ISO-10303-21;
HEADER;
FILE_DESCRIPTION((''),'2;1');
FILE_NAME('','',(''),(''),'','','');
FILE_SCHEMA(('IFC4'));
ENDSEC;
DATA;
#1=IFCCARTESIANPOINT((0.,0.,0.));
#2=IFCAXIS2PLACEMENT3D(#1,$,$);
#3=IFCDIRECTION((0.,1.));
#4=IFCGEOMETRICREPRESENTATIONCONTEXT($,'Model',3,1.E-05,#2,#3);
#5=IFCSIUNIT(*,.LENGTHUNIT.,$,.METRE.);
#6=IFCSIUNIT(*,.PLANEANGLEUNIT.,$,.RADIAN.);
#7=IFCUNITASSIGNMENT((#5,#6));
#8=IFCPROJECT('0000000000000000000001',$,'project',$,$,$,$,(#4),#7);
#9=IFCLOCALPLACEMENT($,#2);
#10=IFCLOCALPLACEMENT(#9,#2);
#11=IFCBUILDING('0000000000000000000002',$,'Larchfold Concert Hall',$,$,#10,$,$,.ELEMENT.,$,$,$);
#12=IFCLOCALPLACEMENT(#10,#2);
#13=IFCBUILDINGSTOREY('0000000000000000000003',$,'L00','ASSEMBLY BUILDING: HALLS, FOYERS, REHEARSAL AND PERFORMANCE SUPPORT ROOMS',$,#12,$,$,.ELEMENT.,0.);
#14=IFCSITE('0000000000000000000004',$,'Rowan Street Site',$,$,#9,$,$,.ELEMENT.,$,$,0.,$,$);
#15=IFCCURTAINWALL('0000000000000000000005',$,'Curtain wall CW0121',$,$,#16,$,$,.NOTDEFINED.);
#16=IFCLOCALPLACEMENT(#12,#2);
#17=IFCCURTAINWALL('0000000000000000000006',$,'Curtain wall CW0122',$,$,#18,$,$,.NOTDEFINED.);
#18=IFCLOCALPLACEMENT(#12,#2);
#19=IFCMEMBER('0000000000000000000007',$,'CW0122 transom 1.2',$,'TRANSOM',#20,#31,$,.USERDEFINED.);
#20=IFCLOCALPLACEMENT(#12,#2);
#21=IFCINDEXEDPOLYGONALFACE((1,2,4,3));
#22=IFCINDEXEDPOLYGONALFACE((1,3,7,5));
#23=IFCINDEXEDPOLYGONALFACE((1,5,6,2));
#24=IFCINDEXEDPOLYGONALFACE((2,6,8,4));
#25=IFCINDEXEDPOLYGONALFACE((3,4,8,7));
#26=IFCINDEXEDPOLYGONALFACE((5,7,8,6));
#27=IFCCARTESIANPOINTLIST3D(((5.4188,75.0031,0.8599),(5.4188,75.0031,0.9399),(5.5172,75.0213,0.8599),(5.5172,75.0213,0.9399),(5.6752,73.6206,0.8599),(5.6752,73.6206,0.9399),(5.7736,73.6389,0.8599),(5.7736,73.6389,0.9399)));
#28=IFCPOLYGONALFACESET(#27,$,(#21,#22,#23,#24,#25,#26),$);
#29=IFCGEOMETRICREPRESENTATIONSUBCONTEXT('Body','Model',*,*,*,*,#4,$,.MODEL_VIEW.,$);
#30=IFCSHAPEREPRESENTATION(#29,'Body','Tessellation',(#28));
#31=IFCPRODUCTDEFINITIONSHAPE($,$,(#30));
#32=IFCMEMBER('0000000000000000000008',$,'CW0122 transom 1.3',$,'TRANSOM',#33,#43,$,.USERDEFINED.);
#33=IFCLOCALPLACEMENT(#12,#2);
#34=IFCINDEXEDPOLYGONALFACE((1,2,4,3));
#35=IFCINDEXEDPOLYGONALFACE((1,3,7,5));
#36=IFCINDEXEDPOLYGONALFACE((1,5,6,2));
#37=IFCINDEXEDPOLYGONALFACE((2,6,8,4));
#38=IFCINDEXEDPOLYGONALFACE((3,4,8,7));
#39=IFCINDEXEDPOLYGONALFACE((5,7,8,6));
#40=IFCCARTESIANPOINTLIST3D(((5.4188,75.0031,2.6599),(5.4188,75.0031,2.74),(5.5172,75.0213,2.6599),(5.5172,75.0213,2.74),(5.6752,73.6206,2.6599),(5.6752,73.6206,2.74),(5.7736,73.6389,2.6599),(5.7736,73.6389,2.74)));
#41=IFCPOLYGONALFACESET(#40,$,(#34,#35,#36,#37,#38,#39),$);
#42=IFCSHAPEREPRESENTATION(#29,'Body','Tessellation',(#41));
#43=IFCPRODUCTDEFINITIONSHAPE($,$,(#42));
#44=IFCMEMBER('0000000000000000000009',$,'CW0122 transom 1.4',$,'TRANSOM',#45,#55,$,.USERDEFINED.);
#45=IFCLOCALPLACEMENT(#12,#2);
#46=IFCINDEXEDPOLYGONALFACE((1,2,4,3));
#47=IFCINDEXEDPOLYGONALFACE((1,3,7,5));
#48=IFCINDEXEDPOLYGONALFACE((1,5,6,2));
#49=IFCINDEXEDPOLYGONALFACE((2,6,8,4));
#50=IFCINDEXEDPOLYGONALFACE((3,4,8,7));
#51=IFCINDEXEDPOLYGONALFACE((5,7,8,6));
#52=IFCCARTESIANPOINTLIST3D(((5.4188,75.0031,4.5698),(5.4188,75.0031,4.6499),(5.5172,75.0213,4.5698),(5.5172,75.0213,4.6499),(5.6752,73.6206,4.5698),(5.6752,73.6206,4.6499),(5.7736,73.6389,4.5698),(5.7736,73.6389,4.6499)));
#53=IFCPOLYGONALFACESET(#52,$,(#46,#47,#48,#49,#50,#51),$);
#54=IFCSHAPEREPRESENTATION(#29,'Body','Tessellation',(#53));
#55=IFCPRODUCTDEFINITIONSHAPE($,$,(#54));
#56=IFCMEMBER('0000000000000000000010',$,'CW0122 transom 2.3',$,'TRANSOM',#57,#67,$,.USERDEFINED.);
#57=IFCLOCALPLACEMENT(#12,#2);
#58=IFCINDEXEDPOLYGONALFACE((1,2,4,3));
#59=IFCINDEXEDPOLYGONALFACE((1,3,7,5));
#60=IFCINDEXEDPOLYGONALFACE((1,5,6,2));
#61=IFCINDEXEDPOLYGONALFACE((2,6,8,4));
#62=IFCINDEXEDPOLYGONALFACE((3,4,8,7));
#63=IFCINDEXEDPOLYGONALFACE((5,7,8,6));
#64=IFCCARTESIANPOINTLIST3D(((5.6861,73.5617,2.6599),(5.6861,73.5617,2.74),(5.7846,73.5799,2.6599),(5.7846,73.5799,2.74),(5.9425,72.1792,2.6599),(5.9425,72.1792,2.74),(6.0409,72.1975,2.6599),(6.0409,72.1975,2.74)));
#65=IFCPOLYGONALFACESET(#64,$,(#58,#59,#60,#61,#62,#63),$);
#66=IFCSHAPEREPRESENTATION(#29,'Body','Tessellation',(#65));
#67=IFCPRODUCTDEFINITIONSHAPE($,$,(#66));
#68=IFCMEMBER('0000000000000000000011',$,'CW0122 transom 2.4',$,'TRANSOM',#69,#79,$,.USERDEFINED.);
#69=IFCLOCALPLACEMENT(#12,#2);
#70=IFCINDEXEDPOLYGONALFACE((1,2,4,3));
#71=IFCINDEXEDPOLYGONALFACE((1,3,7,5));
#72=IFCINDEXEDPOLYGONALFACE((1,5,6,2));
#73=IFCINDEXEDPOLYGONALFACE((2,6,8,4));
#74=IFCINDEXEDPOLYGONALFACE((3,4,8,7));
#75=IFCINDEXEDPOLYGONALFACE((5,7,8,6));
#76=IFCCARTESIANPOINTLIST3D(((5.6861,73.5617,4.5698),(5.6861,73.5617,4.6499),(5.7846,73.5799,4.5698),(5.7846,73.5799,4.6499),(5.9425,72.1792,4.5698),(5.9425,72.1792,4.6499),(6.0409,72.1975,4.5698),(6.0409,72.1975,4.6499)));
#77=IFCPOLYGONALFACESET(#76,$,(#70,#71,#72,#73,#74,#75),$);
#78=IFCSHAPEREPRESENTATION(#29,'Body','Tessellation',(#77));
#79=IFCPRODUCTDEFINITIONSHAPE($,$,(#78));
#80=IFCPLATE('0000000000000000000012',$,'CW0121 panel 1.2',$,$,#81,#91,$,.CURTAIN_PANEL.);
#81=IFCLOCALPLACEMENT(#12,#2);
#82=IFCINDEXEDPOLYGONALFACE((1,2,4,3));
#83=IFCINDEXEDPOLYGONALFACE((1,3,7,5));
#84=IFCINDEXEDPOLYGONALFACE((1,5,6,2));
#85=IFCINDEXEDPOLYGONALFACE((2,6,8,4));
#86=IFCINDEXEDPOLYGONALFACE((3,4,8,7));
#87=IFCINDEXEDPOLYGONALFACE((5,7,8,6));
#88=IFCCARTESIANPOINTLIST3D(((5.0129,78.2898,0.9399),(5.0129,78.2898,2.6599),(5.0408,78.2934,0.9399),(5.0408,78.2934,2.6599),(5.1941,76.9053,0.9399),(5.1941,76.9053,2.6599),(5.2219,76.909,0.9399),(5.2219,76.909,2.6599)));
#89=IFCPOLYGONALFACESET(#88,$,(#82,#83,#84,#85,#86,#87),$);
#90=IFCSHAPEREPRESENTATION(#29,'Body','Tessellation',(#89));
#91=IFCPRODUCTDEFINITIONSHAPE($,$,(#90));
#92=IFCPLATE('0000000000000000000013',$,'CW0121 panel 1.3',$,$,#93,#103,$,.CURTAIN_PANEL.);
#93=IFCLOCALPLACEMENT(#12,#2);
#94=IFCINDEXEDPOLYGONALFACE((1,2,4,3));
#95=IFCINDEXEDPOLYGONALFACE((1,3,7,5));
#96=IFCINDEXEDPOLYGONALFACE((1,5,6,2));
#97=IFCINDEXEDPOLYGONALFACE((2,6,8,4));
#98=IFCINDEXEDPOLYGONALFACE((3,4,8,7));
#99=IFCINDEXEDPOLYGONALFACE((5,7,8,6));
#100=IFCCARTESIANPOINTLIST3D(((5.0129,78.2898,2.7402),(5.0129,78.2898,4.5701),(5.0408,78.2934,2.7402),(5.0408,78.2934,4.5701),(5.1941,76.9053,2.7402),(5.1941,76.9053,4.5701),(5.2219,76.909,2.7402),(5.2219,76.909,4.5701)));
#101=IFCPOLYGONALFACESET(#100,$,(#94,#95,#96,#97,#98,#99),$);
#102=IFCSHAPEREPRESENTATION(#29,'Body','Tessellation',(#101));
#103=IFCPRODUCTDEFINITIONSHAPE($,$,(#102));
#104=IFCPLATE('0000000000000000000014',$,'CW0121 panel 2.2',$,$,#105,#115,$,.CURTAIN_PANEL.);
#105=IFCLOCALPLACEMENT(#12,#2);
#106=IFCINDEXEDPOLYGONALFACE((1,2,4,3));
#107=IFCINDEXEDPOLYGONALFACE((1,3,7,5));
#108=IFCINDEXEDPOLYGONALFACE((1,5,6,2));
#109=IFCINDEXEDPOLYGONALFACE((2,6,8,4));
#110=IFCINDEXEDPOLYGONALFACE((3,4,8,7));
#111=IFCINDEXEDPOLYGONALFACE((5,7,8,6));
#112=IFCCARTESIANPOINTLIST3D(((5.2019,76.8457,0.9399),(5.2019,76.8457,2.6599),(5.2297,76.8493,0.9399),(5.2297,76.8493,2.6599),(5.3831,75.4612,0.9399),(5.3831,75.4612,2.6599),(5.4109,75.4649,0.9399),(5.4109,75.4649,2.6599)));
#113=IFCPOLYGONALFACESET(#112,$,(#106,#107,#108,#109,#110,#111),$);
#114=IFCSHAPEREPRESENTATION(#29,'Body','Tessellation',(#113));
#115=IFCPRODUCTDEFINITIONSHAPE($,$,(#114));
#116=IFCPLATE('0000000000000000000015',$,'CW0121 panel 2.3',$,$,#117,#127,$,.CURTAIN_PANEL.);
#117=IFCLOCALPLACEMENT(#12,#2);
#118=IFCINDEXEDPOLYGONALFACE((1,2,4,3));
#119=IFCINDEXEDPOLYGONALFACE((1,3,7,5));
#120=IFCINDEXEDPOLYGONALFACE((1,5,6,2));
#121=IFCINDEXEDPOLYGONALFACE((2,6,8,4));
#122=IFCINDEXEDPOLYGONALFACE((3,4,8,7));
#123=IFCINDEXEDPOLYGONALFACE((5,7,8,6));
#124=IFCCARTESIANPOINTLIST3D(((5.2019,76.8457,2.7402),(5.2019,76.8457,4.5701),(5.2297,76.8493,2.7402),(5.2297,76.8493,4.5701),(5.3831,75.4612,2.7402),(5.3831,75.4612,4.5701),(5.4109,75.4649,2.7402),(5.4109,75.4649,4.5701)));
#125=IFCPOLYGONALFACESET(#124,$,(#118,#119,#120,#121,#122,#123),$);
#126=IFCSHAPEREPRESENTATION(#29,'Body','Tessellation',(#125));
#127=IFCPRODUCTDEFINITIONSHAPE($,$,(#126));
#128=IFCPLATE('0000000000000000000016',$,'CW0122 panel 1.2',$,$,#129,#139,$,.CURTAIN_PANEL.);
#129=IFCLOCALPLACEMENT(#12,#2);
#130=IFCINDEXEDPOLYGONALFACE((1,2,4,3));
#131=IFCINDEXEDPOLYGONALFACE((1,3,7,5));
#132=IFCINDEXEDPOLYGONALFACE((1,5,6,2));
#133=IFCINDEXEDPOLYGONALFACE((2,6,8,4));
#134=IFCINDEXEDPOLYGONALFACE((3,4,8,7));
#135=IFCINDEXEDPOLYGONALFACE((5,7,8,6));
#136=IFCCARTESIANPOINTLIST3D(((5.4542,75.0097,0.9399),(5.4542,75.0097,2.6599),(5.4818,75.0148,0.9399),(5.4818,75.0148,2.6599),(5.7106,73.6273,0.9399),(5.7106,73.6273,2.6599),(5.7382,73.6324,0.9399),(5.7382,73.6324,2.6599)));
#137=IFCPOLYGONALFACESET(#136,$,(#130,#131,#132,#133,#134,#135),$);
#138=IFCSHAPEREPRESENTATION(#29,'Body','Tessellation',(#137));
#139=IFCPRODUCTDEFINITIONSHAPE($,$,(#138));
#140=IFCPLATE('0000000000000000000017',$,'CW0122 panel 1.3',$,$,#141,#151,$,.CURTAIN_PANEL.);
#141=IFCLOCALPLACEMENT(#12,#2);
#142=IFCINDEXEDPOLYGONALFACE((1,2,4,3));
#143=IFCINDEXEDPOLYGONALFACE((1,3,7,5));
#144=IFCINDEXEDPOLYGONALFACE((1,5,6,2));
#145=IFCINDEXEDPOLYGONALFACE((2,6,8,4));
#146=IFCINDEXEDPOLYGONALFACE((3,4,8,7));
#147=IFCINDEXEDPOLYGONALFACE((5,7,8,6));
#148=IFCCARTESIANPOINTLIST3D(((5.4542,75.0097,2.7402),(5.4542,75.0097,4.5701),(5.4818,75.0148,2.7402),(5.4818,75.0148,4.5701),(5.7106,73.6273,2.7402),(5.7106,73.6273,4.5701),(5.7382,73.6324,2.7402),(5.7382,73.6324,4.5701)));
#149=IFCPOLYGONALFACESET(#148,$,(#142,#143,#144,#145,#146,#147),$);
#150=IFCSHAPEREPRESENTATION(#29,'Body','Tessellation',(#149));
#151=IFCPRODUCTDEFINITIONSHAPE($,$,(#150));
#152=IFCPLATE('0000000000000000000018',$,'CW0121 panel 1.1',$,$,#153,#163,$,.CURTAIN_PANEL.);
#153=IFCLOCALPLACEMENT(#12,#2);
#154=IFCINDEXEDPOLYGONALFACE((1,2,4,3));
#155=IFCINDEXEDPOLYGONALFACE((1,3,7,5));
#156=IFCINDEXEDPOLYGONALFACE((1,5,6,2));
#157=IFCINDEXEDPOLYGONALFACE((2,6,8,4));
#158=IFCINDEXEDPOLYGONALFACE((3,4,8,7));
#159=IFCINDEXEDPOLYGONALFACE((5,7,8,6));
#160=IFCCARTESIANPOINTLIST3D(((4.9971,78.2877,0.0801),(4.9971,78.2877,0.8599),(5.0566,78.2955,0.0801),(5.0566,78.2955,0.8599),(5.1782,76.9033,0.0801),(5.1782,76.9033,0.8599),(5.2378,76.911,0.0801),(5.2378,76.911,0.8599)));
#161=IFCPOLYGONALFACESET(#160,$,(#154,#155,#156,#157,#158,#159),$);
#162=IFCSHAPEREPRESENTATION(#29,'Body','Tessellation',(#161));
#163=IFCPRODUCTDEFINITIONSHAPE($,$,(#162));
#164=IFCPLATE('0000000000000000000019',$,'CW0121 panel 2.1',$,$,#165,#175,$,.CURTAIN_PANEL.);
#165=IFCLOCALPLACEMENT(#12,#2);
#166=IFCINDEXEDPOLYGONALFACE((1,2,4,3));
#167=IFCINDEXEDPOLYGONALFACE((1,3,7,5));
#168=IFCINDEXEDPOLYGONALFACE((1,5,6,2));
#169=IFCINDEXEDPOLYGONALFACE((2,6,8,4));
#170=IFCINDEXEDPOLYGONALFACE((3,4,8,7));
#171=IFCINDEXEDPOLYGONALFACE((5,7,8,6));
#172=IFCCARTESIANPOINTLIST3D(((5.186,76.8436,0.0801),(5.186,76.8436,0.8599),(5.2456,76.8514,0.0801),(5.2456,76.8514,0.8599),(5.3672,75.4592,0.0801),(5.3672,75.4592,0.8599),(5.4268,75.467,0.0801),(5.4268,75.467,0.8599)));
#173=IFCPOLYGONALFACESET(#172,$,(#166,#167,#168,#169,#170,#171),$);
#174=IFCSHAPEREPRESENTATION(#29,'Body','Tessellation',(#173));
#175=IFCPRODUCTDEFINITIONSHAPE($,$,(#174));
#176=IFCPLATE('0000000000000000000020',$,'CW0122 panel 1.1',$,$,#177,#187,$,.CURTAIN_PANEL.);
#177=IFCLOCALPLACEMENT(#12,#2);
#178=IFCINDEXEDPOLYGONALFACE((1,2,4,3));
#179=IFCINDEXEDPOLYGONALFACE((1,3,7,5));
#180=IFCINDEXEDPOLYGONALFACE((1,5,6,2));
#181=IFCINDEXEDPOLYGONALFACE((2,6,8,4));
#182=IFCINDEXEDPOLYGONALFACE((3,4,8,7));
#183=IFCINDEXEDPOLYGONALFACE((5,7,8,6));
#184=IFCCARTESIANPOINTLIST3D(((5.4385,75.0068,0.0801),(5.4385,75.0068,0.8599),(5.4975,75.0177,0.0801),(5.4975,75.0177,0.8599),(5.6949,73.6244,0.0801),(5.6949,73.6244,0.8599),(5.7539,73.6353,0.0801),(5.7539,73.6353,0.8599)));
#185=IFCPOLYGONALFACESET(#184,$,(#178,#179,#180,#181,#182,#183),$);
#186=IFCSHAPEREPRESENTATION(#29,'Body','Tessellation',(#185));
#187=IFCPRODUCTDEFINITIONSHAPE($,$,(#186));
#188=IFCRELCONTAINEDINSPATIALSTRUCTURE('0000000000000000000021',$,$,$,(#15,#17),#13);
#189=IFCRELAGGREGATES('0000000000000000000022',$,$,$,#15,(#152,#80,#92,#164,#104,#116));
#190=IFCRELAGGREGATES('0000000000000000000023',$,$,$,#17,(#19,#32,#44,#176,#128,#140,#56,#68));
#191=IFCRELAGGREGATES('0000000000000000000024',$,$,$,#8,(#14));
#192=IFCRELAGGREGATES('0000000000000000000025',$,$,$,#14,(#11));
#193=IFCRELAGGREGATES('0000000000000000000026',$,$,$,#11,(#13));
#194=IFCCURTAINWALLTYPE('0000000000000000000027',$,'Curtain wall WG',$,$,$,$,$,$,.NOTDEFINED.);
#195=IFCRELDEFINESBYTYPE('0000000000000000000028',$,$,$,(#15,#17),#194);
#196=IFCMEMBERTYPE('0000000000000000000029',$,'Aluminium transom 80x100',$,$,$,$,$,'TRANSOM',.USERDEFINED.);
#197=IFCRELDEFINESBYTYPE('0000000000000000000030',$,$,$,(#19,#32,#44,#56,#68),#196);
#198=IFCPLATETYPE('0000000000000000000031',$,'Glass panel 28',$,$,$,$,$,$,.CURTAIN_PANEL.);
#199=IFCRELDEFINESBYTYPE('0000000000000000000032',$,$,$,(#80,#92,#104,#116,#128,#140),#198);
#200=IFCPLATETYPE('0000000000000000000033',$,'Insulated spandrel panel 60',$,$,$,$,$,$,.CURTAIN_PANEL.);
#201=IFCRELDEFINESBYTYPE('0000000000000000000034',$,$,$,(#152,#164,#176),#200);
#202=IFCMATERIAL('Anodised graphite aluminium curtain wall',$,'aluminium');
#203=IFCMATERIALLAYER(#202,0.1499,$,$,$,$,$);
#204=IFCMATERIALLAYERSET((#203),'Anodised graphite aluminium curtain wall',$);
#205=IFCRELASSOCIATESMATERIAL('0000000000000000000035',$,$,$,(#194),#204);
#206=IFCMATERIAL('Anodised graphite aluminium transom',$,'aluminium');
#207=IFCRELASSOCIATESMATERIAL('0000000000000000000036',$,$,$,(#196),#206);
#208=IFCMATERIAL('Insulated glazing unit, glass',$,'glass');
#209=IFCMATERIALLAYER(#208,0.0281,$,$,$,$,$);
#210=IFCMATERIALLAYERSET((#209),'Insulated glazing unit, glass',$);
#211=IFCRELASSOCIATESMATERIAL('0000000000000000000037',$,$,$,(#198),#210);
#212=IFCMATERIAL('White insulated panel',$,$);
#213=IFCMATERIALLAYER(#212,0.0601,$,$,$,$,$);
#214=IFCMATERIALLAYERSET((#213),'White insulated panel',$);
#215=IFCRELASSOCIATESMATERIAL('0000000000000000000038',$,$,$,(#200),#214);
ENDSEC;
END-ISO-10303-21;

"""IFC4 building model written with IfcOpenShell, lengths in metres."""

from ifc_helpers import new_model, si_unit, direction, frame, origin, origin_2d, place, context, subcontext, project, spatial, rectangle, extrude, material, layer, layer_set, material_profile, profile_set, type_object, element, aggregate, save


model = new_model("IFC4")

# Units and contexts
model_context = context("Model", 3, precision=1e-05, world=origin(), true_north=direction((0.0, 1.0)))
body_context = subcontext(model_context, "Body", "Model", "MODEL_VIEW")
ifc_project = project(units=[si_unit("LENGTHUNIT", "METRE"), si_unit("PLANEANGLEUNIT", "RADIAN")], contexts=[model_context])

# Site, building, storey
site_placement = place(None, origin())
site = spatial("IfcSite", under=ifc_project, at=site_placement, Name="Rowan Street Site", CompositionType="ELEMENT", RefElevation=0.0)
building_placement = place(site_placement, origin())
building = spatial("IfcBuilding", under=site, at=building_placement, Name="Larchfold Concert Hall", CompositionType="ELEMENT")
storey_placement = place(building_placement, origin())
storey = spatial("IfcBuildingStorey", under=building, at=storey_placement, Name="L00", Description="ASSEMBLY BUILDING: HALLS, FOYERS, REHEARSAL AND PERFORMANCE SUPPORT ROOMS", CompositionType="ELEMENT", Elevation=0.0)

# Curtain walls
ifc_material_1 = material(Name="Anodised graphite aluminium curtain wall", Category="aluminium")
ifc_layer_1 = layer(ifc_material_1, 0.1499)
ifc_layer_set_1 = layer_set([ifc_layer_1], Name="Anodised graphite aluminium curtain wall")
curtain_wall_type = type_object("IfcCurtainWallType", Name="Curtain wall WG", PredefinedType="NOTDEFINED", material=ifc_layer_set_1)
curtain_wall_1_placement = place(storey_placement, origin())
curtain_wall_1 = element("IfcCurtainWall", 1, at=curtain_wall_1_placement, inside=storey, type_object=curtain_wall_type, Name="Curtain wall CW0121", PredefinedType="NOTDEFINED")
curtain_wall_2_placement = place(storey_placement, origin())
curtain_wall_2 = element("IfcCurtainWall", 2, at=curtain_wall_2_placement, inside=storey, type_object=curtain_wall_type, Name="Curtain wall CW0122", PredefinedType="NOTDEFINED")

# Members
ifc_material_2 = material(Name="Anodised graphite aluminium transom", Category="aluminium")
ifc_material_profile_1 = material_profile(ifc_material_2, rectangle(XDim=0.1001, YDim=0.0801, at=origin_2d()))
ifc_profile_set_1 = profile_set([ifc_material_profile_1], Name="Anodised graphite aluminium transom")
member_type_1 = type_object("IfcMemberType", Name="Aluminium transom 80x100", ElementType="TRANSOM", PredefinedType="USERDEFINED", material=ifc_profile_set_1)
member_1_placement = place(storey_placement, frame((5.468, 75.0122, 0.8999), z_axis=(0.182338, -0.983236, 0.0), x_axis=(0.983236, 0.182338, 0.0)))
member_1 = element("IfcMember", 3, at=member_1_placement, type_object=member_type_1, Name="CW0122 transom 1.2", ObjectType="TRANSOM", PredefinedType="USERDEFINED", context=body_context, shape_type="SweptSolid", body=[
    extrude(rectangle(XDim=0.1001, YDim=0.0801, at=origin_2d()), origin(), (0.0, 0.0, 1.0), 1.406),
])
member_2_placement = place(storey_placement, frame((5.468, 75.0122, 2.7), z_axis=(0.182338, -0.983236, 0.0), x_axis=(0.983236, 0.182338, 0.0)))
member_2 = element("IfcMember", 4, at=member_2_placement, type_object=member_type_1, Name="CW0122 transom 1.3", ObjectType="TRANSOM", PredefinedType="USERDEFINED", context=body_context, shape_type="SweptSolid", body=[
    extrude(rectangle(XDim=0.1001, YDim=0.0801, at=origin_2d()), origin(), (0.0, 0.0, 1.0), 1.406),
])
member_3_placement = place(storey_placement, frame((5.468, 75.0122, 4.6099), z_axis=(0.182338, -0.983236, 0.0), x_axis=(0.983236, 0.182338, 0.0)))
member_3 = element("IfcMember", 5, at=member_3_placement, type_object=member_type_1, Name="CW0122 transom 1.4", ObjectType="TRANSOM", PredefinedType="USERDEFINED", context=body_context, shape_type="SweptSolid", body=[
    extrude(rectangle(XDim=0.1001, YDim=0.0801, at=origin_2d()), origin(), (0.0, 0.0, 1.0), 1.406),
])
member_4_placement = place(storey_placement, frame((5.7354, 73.5708, 2.7), z_axis=(0.182338, -0.983236, 0.0), x_axis=(0.983236, 0.182338, 0.0)))
member_4 = element("IfcMember", 6, at=member_4_placement, type_object=member_type_1, Name="CW0122 transom 2.3", ObjectType="TRANSOM", PredefinedType="USERDEFINED", context=body_context, shape_type="SweptSolid", body=[
    extrude(rectangle(XDim=0.1001, YDim=0.0801, at=origin_2d()), origin(), (0.0, 0.0, 1.0), 1.406),
])
member_5_placement = place(storey_placement, frame((5.7354, 73.5708, 4.6099), z_axis=(0.182338, -0.983236, 0.0), x_axis=(0.983236, 0.182338, 0.0)))
member_5 = element("IfcMember", 7, at=member_5_placement, type_object=member_type_1, Name="CW0122 transom 2.4", ObjectType="TRANSOM", PredefinedType="USERDEFINED", context=body_context, shape_type="SweptSolid", body=[
    extrude(rectangle(XDim=0.1001, YDim=0.0801, at=origin_2d()), origin(), (0.0, 0.0, 1.0), 1.406),
])

# Plates
ifc_material_3 = material(Name="Insulated glazing unit, glass", Category="glass")
ifc_layer_2 = layer(ifc_material_3, 0.0281)
ifc_layer_set_2 = layer_set([ifc_layer_2], Name="Insulated glazing unit, glass")
plate_type_1 = type_object("IfcPlateType", Name="Glass panel 28", PredefinedType="CURTAIN_PANEL", material=ifc_layer_set_2)
plate_1_placement = place(storey_placement, frame((5.1174, 77.5994, 0.9399), z_axis=(0.0, 0.0, 1.0), x_axis=(0.129764, -0.991545, 0.0)))
plate_1 = element("IfcPlate", 8, at=plate_1_placement, type_object=plate_type_1, Name="CW0121 panel 1.2", PredefinedType="CURTAIN_PANEL", context=body_context, shape_type="SweptSolid", body=[
    extrude(rectangle(XDim=1.3962, YDim=0.0281, at=origin_2d()), origin(), (0.0, 0.0, 1.0), 1.72),
])
plate_2_placement = place(storey_placement, frame((5.1174, 77.5994, 2.7402), z_axis=(0.0, 0.0, 1.0), x_axis=(0.129764, -0.991545, 0.0)))
plate_2 = element("IfcPlate", 9, at=plate_2_placement, type_object=plate_type_1, Name="CW0121 panel 1.3", PredefinedType="CURTAIN_PANEL", context=body_context, shape_type="SweptSolid", body=[
    extrude(rectangle(XDim=1.3962, YDim=0.0281, at=origin_2d()), origin(), (0.0, 0.0, 1.0), 1.8298),
])
plate_3_placement = place(storey_placement, frame((5.3064, 76.1553, 0.9399), z_axis=(0.0, 0.0, 1.0), x_axis=(0.129764, -0.991545, 0.0)))
plate_3 = element("IfcPlate", 10, at=plate_3_placement, type_object=plate_type_1, Name="CW0121 panel 2.2", PredefinedType="CURTAIN_PANEL", context=body_context, shape_type="SweptSolid", body=[
    extrude(rectangle(XDim=1.3962, YDim=0.0281, at=origin_2d()), origin(), (0.0, 0.0, 1.0), 1.72),
])
plate_4_placement = place(storey_placement, frame((5.3064, 76.1553, 2.7402), z_axis=(0.0, 0.0, 1.0), x_axis=(0.129764, -0.991545, 0.0)))
plate_4 = element("IfcPlate", 11, at=plate_4_placement, type_object=plate_type_1, Name="CW0121 panel 2.3", PredefinedType="CURTAIN_PANEL", context=body_context, shape_type="SweptSolid", body=[
    extrude(rectangle(XDim=1.3962, YDim=0.0281, at=origin_2d()), origin(), (0.0, 0.0, 1.0), 1.8298),
])
plate_5_placement = place(storey_placement, frame((5.5962, 74.321, 0.9399), z_axis=(0.0, 0.0, 1.0), x_axis=(0.182367, -0.983231, 0.0)))
plate_5 = element("IfcPlate", 12, at=plate_5_placement, type_object=plate_type_1, Name="CW0122 panel 1.2", PredefinedType="CURTAIN_PANEL", context=body_context, shape_type="SweptSolid", body=[
    extrude(rectangle(XDim=1.406, YDim=0.0281, at=origin_2d()), origin(), (0.0, 0.0, 1.0), 1.72),
])
plate_6_placement = place(storey_placement, frame((5.5962, 74.321, 2.7402), z_axis=(0.0, 0.0, 1.0), x_axis=(0.182367, -0.983231, 0.0)))
plate_6 = element("IfcPlate", 13, at=plate_6_placement, type_object=plate_type_1, Name="CW0122 panel 1.3", PredefinedType="CURTAIN_PANEL", context=body_context, shape_type="SweptSolid", body=[
    extrude(rectangle(XDim=1.406, YDim=0.0281, at=origin_2d()), origin(), (0.0, 0.0, 1.0), 1.8298),
])
ifc_material_4 = material(Name="White insulated panel")
ifc_layer_3 = layer(ifc_material_4, 0.0601)
ifc_layer_set_3 = layer_set([ifc_layer_3], Name="White insulated panel")
plate_type_2 = type_object("IfcPlateType", Name="Insulated spandrel panel 60", PredefinedType="CURTAIN_PANEL", material=ifc_layer_set_3)
plate_7_placement = place(storey_placement, frame((5.1174, 77.5994, 0.0801), z_axis=(0.0, 0.0, 1.0), x_axis=(0.129764, -0.991545, 0.0)))
plate_7 = element("IfcPlate", 14, at=plate_7_placement, type_object=plate_type_2, Name="CW0121 panel 1.1", PredefinedType="CURTAIN_PANEL", context=body_context, shape_type="SweptSolid", body=[
    extrude(rectangle(XDim=1.3962, YDim=0.0601, at=origin_2d()), origin(), (0.0, 0.0, 1.0), 0.7798),
])
plate_8_placement = place(storey_placement, frame((5.3064, 76.1553, 0.0801), z_axis=(0.0, 0.0, 1.0), x_axis=(0.129764, -0.991545, 0.0)))
plate_8 = element("IfcPlate", 15, at=plate_8_placement, type_object=plate_type_2, Name="CW0121 panel 2.1", PredefinedType="CURTAIN_PANEL", context=body_context, shape_type="SweptSolid", body=[
    extrude(rectangle(XDim=1.3962, YDim=0.0601, at=origin_2d()), origin(), (0.0, 0.0, 1.0), 0.7798),
])
aggregate(curtain_wall_1, [plate_7, plate_1, plate_2, plate_8, plate_3, plate_4])
plate_9_placement = place(storey_placement, frame((5.5962, 74.321, 0.0801), z_axis=(0.0, 0.0, 1.0), x_axis=(0.182367, -0.983231, 0.0)))
plate_9 = element("IfcPlate", 16, at=plate_9_placement, type_object=plate_type_2, Name="CW0122 panel 1.1", PredefinedType="CURTAIN_PANEL", context=body_context, shape_type="SweptSolid", body=[
    extrude(rectangle(XDim=1.406, YDim=0.0601, at=origin_2d()), origin(), (0.0, 0.0, 1.0), 0.7798),
])
aggregate(curtain_wall_2, [member_1, member_2, member_3, plate_9, plate_5, plate_6, member_4, member_5])

save(model, "model.ifc")
